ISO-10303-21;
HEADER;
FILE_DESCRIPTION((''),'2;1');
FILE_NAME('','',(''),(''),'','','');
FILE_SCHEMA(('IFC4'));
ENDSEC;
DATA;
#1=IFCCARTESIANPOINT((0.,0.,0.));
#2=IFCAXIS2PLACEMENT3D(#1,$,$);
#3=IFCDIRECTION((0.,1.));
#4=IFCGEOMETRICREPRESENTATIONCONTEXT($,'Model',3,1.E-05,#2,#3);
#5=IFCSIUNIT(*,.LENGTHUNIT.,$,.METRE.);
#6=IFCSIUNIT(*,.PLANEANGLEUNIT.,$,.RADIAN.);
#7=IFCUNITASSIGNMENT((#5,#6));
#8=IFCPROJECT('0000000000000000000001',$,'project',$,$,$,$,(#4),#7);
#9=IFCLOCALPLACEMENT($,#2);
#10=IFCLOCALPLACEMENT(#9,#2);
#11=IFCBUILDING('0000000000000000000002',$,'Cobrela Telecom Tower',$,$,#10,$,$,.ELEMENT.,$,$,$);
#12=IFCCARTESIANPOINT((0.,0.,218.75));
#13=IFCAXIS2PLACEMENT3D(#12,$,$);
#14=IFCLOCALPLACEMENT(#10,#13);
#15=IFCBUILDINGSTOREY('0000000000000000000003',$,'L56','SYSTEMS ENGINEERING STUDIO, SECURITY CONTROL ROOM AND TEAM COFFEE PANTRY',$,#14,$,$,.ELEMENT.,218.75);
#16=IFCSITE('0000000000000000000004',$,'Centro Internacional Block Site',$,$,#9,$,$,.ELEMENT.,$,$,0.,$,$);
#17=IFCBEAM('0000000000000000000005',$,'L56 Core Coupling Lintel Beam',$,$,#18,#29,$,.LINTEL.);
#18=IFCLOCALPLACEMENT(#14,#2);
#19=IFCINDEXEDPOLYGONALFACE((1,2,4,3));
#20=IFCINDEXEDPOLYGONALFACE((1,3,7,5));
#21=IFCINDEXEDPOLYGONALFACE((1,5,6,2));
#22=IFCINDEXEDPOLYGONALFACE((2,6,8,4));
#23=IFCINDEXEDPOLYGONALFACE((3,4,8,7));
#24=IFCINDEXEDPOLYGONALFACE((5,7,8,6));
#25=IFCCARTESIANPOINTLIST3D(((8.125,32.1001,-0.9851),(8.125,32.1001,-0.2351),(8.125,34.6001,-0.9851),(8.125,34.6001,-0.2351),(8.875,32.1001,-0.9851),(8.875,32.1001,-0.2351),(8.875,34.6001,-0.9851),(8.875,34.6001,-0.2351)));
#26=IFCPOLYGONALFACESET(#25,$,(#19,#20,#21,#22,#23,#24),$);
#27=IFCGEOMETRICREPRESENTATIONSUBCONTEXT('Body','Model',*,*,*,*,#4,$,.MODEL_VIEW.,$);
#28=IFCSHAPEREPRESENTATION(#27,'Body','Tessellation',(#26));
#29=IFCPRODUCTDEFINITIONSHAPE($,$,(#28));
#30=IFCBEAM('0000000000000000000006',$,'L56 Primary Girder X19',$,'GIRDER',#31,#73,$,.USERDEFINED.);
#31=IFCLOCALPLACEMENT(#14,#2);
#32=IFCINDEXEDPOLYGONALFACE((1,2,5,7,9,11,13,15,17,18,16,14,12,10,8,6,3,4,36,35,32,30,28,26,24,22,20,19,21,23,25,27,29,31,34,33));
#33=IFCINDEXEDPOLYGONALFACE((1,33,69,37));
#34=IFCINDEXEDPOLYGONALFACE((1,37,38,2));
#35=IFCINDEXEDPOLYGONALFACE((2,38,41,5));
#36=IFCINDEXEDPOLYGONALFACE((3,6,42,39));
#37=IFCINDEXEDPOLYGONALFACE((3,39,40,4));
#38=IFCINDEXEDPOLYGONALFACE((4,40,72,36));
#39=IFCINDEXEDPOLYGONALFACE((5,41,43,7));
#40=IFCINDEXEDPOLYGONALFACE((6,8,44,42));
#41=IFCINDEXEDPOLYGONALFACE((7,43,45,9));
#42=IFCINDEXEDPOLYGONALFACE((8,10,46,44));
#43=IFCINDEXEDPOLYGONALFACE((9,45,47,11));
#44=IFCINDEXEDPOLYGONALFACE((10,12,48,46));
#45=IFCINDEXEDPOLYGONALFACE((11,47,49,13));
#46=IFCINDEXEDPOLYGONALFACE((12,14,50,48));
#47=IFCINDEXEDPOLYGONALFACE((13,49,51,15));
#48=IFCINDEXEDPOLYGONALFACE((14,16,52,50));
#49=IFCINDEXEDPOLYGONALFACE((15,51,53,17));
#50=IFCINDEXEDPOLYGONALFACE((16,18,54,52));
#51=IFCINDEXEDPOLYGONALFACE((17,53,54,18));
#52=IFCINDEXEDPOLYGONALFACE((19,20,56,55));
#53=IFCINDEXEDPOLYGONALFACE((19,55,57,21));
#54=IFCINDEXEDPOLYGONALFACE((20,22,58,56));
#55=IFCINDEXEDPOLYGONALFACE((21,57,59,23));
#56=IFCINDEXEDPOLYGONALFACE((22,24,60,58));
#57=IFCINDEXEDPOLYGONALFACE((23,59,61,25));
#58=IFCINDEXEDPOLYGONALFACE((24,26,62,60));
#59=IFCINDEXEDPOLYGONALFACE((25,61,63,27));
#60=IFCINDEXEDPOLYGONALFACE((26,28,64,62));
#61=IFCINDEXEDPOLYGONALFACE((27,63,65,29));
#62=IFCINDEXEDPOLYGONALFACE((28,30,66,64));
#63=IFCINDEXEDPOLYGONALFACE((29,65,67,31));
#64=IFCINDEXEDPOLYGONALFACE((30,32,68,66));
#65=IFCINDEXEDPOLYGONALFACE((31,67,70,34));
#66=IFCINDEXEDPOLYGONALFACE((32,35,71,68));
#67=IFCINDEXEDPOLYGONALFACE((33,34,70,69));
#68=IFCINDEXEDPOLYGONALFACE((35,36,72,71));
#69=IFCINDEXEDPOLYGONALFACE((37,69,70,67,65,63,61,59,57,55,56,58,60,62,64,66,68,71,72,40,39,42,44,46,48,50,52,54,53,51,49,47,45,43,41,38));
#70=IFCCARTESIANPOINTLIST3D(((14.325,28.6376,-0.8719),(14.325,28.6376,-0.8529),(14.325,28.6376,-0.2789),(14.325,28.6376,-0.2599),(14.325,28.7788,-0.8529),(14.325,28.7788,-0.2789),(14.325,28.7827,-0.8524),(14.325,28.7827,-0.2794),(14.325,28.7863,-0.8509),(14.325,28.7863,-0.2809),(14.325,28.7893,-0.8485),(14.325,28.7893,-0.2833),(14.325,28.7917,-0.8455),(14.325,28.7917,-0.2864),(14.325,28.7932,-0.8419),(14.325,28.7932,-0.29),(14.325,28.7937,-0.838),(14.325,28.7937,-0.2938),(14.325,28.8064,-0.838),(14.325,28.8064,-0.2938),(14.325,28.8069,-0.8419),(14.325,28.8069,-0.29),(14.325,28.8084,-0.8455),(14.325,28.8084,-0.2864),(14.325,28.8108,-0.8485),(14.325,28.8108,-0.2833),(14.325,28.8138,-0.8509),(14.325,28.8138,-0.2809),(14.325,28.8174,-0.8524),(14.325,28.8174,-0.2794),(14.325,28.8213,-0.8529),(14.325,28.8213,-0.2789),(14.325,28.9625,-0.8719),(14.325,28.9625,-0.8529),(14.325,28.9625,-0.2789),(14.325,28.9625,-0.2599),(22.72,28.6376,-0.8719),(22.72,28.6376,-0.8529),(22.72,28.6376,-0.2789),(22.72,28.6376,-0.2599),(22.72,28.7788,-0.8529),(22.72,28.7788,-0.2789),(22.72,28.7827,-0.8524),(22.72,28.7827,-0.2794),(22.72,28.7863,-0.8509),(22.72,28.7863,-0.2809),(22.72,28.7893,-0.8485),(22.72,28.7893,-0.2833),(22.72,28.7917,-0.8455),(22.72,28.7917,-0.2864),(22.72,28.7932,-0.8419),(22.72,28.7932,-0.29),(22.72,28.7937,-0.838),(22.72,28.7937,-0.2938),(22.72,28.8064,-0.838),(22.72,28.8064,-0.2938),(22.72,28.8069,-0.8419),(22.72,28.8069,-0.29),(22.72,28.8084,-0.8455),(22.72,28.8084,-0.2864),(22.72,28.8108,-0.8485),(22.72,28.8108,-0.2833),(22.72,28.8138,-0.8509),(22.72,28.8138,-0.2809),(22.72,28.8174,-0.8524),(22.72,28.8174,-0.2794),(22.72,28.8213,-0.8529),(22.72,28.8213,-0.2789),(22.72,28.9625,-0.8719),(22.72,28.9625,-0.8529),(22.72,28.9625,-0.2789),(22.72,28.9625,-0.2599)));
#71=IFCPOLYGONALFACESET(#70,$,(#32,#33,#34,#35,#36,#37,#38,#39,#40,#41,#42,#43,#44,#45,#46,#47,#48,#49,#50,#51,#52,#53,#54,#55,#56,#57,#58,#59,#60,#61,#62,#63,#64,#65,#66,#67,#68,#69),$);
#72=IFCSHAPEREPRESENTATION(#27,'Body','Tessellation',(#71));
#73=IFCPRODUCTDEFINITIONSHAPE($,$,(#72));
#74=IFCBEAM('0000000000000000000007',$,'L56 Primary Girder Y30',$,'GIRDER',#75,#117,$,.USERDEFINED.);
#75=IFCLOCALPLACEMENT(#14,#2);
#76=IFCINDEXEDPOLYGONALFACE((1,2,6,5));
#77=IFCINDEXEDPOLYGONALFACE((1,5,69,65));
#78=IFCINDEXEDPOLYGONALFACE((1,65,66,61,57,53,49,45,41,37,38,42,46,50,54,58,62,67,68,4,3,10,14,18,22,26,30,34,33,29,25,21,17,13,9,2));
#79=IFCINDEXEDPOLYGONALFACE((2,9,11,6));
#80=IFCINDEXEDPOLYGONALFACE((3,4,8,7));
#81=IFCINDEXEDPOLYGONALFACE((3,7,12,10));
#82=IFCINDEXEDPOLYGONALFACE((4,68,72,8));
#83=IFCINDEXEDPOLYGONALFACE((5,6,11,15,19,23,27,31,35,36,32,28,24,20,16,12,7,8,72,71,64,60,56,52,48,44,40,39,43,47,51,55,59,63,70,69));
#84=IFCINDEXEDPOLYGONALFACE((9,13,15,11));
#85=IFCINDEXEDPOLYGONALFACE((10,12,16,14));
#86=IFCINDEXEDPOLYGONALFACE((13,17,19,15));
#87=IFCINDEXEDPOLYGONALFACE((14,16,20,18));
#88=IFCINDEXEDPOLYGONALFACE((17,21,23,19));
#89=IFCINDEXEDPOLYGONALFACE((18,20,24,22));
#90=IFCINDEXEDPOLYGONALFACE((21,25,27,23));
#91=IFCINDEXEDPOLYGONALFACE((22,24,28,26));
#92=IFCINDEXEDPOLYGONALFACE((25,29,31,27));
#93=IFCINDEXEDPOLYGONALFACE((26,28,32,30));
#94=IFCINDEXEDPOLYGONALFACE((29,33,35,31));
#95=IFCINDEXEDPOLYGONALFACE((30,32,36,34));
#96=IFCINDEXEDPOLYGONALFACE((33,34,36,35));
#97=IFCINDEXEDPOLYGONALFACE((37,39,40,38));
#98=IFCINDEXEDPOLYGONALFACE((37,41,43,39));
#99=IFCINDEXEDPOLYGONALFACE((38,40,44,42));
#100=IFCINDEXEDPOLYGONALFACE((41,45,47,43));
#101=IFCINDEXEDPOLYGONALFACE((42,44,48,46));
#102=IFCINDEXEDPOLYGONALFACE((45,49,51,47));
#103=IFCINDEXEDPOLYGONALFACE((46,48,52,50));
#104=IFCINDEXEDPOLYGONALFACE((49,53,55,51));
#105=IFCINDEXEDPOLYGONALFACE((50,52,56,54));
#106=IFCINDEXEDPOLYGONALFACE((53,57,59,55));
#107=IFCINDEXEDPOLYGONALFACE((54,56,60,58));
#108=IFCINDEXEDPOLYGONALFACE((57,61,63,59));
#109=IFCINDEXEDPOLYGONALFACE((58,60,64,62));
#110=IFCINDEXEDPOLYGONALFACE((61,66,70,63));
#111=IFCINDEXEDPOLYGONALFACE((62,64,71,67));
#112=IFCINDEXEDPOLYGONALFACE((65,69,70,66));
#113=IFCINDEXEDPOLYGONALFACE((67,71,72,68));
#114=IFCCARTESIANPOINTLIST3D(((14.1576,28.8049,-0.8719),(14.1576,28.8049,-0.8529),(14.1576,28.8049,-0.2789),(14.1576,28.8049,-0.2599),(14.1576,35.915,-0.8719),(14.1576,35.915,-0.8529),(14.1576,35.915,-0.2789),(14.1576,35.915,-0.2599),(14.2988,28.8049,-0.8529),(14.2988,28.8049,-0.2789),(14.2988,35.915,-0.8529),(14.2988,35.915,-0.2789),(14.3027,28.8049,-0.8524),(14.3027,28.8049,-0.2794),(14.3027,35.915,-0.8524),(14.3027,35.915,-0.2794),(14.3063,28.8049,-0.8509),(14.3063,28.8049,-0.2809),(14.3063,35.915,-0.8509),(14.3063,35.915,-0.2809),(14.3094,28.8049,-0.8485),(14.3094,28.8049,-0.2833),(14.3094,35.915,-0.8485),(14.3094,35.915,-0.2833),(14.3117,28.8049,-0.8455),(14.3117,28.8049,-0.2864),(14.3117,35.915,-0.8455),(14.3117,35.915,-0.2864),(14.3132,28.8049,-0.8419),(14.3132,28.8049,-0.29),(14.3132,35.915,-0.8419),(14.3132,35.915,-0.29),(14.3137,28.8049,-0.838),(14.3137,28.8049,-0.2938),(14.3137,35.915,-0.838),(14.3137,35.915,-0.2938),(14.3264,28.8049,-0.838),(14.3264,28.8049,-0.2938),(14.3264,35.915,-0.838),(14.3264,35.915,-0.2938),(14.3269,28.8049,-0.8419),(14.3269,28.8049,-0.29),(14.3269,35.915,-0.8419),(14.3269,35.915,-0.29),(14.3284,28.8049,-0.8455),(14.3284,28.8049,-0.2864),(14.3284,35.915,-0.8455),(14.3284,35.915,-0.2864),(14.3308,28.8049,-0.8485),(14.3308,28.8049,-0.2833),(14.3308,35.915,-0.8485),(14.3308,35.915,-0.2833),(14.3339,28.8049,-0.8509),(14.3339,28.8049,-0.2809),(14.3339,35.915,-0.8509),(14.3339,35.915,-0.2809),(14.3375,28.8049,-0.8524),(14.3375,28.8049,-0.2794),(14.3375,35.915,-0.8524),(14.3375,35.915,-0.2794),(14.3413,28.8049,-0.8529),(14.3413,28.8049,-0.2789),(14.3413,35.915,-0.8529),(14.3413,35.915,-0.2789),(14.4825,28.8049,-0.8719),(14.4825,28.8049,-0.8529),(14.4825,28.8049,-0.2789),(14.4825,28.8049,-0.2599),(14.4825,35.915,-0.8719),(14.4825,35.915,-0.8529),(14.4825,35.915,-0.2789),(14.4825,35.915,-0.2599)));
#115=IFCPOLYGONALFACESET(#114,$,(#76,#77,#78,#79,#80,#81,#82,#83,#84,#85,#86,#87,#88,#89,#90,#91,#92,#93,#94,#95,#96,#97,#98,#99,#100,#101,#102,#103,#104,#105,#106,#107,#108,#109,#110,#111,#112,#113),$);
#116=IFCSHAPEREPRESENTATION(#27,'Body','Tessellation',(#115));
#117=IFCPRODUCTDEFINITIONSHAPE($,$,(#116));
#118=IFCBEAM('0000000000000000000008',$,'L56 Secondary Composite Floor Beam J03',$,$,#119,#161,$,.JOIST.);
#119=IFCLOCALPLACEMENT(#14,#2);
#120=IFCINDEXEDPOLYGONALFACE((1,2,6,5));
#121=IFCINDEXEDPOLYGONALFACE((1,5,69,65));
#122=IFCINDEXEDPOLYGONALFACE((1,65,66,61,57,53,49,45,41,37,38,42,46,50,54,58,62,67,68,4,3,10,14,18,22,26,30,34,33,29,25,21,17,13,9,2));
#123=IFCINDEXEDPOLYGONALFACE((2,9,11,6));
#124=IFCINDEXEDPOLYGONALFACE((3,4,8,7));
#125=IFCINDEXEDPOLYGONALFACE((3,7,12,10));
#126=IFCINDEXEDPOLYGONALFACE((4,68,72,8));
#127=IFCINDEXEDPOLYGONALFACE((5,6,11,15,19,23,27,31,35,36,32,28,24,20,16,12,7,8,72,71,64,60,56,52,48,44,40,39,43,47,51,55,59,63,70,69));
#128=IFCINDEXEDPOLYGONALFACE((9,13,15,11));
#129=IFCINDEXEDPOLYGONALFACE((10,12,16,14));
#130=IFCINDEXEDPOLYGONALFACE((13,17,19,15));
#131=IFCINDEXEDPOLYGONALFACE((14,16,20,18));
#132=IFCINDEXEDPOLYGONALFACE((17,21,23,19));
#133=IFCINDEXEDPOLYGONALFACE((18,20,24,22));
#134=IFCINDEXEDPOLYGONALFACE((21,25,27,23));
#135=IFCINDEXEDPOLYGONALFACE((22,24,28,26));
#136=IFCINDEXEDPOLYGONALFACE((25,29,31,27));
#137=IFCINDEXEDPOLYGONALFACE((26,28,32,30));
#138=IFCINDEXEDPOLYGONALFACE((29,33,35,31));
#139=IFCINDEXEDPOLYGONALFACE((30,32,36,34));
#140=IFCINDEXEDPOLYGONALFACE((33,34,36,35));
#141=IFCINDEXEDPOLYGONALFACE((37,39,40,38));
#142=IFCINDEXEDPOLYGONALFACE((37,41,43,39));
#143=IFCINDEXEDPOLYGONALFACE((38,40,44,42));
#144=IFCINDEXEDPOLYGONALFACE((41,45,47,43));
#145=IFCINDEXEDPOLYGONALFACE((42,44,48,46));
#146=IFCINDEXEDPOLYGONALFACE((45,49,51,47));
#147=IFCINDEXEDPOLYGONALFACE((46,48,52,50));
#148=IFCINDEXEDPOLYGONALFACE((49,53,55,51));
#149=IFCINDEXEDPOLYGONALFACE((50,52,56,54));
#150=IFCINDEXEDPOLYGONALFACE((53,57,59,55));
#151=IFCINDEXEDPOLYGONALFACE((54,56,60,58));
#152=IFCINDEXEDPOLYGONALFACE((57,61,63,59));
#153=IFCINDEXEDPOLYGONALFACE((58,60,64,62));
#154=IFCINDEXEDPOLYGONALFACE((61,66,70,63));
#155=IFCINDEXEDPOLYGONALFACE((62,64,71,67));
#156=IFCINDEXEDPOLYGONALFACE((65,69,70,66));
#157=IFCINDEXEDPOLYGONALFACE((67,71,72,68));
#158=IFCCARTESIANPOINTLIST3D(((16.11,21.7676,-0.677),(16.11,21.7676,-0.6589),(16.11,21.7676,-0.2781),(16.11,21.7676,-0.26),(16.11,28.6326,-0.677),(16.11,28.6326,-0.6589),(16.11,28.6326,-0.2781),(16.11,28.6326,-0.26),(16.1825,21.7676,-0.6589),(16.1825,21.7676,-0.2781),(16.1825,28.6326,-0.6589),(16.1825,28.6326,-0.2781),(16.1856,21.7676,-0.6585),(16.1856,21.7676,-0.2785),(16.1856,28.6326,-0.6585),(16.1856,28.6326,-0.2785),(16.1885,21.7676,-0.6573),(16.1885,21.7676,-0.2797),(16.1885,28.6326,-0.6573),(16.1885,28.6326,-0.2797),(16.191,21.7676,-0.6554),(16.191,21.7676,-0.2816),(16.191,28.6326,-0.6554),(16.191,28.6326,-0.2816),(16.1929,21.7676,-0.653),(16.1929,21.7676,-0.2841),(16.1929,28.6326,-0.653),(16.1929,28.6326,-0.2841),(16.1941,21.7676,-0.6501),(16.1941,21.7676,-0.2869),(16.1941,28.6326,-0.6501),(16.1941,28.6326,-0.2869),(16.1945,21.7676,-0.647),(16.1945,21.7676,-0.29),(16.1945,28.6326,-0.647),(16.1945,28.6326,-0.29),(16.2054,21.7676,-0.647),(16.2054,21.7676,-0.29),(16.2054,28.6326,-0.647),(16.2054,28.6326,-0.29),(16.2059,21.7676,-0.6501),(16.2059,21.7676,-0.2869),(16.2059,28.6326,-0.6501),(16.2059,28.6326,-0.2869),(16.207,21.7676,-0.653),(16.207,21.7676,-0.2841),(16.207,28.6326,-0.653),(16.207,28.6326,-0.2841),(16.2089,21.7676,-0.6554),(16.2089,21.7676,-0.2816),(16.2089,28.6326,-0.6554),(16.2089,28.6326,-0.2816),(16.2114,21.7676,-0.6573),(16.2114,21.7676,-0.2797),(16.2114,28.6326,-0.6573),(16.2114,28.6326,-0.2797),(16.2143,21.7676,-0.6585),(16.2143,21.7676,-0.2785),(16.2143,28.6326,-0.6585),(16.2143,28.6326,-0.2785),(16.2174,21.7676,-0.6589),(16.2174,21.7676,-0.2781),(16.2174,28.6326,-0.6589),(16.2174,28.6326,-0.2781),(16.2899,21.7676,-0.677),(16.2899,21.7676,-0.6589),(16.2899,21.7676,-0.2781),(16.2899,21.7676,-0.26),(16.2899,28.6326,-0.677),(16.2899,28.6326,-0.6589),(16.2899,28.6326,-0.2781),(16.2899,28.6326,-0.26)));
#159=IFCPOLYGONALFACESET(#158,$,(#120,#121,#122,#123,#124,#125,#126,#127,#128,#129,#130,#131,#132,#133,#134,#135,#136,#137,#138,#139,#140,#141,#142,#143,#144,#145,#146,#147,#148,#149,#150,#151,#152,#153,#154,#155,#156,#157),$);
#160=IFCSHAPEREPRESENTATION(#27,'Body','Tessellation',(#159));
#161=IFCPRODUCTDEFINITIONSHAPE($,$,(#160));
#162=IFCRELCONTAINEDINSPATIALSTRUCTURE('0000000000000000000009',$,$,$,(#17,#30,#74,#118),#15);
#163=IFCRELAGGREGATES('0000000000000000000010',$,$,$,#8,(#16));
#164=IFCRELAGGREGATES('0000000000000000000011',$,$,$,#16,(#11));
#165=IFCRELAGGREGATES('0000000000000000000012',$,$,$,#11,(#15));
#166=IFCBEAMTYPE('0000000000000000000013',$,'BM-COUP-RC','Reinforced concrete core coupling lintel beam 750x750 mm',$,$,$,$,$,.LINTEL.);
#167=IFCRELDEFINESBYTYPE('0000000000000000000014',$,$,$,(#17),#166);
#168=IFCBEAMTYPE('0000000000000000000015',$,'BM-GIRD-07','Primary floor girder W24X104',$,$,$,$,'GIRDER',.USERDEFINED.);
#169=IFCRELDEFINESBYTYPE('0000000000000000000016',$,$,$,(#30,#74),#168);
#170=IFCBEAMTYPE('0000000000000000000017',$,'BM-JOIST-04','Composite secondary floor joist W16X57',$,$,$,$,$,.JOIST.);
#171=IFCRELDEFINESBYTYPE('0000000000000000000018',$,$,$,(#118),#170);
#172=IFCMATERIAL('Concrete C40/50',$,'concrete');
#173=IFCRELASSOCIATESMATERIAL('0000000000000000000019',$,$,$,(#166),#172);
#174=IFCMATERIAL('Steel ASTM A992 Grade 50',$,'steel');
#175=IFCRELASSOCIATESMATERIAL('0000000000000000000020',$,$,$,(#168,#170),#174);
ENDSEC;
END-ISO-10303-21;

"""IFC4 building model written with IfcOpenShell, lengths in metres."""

from ifc_helpers import new_model, si_unit, direction, frame, origin, origin_2d, place, context, subcontext, project, spatial, rectangle, i_section, extrude, material, material_profile, profile_set, type_object, element, save


model = new_model("IFC4")

# Units and contexts
model_context = context("Model", 3, precision=1e-05, world=origin(), true_north=direction((0.0, 1.0)))
body_context = subcontext(model_context, "Body", "Model", "MODEL_VIEW")
ifc_project = project(units=[si_unit("LENGTHUNIT", "METRE"), si_unit("PLANEANGLEUNIT", "RADIAN")], contexts=[model_context])

# Site, building, storey
site_placement = place(None, origin())
site = spatial("IfcSite", under=ifc_project, at=site_placement, Name="Centro Internacional Block Site", CompositionType="ELEMENT", RefElevation=0.0)
building_placement = place(site_placement, origin())
building = spatial("IfcBuilding", under=site, at=building_placement, Name="Cobrela Telecom Tower", CompositionType="ELEMENT")
storey_placement = place(building_placement, frame((0.0, 0.0, 218.75)))
storey = spatial("IfcBuildingStorey", under=building, at=storey_placement, Name="L56", Description="SYSTEMS ENGINEERING STUDIO, SECURITY CONTROL ROOM AND TEAM COFFEE PANTRY", CompositionType="ELEMENT", Elevation=218.75)

# Beams
ifc_material_1 = material(Name="Concrete C40/50", Category="concrete")
ifc_material_profile_1 = material_profile(ifc_material_1, rectangle(XDim=0.75, YDim=0.75, at=origin_2d()), Name="RC 750x750")
ifc_profile_set_1 = profile_set([ifc_material_profile_1], Name="Concrete C40/50")
beam_type_1 = type_object("IfcBeamType", Name="BM-COUP-RC", Description="Reinforced concrete core coupling lintel beam 750x750 mm", PredefinedType="LINTEL", material=ifc_profile_set_1)
beam_1_placement = place(storey_placement, frame((8.5, 32.1001, -0.6101), z_axis=(0.0, 1.0, 0.0), x_axis=(-1.0, 0.0, 0.0)))
element("IfcBeam", 1, at=beam_1_placement, inside=storey, type_object=beam_type_1, Name="L56 Core Coupling Lintel Beam", PredefinedType="LINTEL", context=body_context, shape_type="SweptSolid", body=[
    extrude(rectangle(XDim=0.75, YDim=0.75, at=origin_2d()), origin(), (0.0, 0.0, 1.0), 2.5),
])
ifc_material_2 = material(Name="Steel ASTM A992 Grade 50", Category="steel")
ifc_material_profile_2 = material_profile(ifc_material_2, i_section(OverallWidth=0.325, OverallDepth=0.6121, WebThickness=0.0127, FlangeThickness=0.019, FilletRadius=0.0149, at=origin_2d()), Name="W24X104")
ifc_profile_set_2 = profile_set([ifc_material_profile_2], Name="Steel ASTM A992 Grade 50")
beam_type_2 = type_object("IfcBeamType", Name="BM-GIRD-07", Description="Primary floor girder W24X104", ElementType="GIRDER", PredefinedType="USERDEFINED", material=ifc_profile_set_2)
beam_2_placement = place(storey_placement, frame((14.325, 28.8, -0.5659), z_axis=(1.0, 0.0, 0.0), x_axis=(0.0, 1.0, 0.0)))
element("IfcBeam", 2, at=beam_2_placement, inside=storey, type_object=beam_type_2, Name="L56 Primary Girder X19", ObjectType="GIRDER", PredefinedType="USERDEFINED", context=body_context, shape_type="SweptSolid", body=[
    extrude(i_section(OverallWidth=0.325, OverallDepth=0.6121, WebThickness=0.0127, FlangeThickness=0.019, FilletRadius=0.0149, at=origin_2d()), origin(), (0.0, 0.0, 1.0), 8.395),
])
beam_3_placement = place(storey_placement, frame((14.3201, 28.8049, -0.5659), z_axis=(0.0, 1.0, 0.0), x_axis=(-1.0, 0.0, 0.0)))
element("IfcBeam", 3, at=beam_3_placement, inside=storey, type_object=beam_type_2, Name="L56 Primary Girder Y30", ObjectType="GIRDER", PredefinedType="USERDEFINED", context=body_context, shape_type="SweptSolid", body=[
    extrude(i_section(OverallWidth=0.325, OverallDepth=0.6121, WebThickness=0.0127, FlangeThickness=0.019, FilletRadius=0.0149, at=origin_2d()), origin(), (0.0, 0.0, 1.0), 7.1101),
])
ifc_material_profile_3 = material_profile(ifc_material_2, i_section(OverallWidth=0.1799, OverallDepth=0.417, WebThickness=0.011, FlangeThickness=0.0181, FilletRadius=0.012, at=origin_2d()), Name="W16X57")
ifc_profile_set_3 = profile_set([ifc_material_profile_3], Name="Steel ASTM A992 Grade 50")
beam_type_3 = type_object("IfcBeamType", Name="BM-JOIST-04", Description="Composite secondary floor joist W16X57", PredefinedType="JOIST", material=ifc_profile_set_3)
for number, where, z_axis, x_axis, name in (
    (4, (16.2, 21.7676, -0.4685), (0.0, 1.0, 0.0), (-1.0, 0.0, 0.0), "L56 Secondary Composite Floor Beam J03"),
):
    element("IfcBeam", number, at=place(storey_placement, frame(where, z_axis=z_axis, x_axis=x_axis)), inside=storey, type_object=beam_type_3, Name=name, PredefinedType="JOIST", context=body_context, shape_type="SweptSolid", body=[
        extrude(i_section(OverallWidth=0.1799, OverallDepth=0.417, WebThickness=0.011, FlangeThickness=0.0181, FilletRadius=0.012, at=origin_2d()), origin(), (0.0, 0.0, 1.0), 6.865),
    ])

save(model, "model.ifc")
